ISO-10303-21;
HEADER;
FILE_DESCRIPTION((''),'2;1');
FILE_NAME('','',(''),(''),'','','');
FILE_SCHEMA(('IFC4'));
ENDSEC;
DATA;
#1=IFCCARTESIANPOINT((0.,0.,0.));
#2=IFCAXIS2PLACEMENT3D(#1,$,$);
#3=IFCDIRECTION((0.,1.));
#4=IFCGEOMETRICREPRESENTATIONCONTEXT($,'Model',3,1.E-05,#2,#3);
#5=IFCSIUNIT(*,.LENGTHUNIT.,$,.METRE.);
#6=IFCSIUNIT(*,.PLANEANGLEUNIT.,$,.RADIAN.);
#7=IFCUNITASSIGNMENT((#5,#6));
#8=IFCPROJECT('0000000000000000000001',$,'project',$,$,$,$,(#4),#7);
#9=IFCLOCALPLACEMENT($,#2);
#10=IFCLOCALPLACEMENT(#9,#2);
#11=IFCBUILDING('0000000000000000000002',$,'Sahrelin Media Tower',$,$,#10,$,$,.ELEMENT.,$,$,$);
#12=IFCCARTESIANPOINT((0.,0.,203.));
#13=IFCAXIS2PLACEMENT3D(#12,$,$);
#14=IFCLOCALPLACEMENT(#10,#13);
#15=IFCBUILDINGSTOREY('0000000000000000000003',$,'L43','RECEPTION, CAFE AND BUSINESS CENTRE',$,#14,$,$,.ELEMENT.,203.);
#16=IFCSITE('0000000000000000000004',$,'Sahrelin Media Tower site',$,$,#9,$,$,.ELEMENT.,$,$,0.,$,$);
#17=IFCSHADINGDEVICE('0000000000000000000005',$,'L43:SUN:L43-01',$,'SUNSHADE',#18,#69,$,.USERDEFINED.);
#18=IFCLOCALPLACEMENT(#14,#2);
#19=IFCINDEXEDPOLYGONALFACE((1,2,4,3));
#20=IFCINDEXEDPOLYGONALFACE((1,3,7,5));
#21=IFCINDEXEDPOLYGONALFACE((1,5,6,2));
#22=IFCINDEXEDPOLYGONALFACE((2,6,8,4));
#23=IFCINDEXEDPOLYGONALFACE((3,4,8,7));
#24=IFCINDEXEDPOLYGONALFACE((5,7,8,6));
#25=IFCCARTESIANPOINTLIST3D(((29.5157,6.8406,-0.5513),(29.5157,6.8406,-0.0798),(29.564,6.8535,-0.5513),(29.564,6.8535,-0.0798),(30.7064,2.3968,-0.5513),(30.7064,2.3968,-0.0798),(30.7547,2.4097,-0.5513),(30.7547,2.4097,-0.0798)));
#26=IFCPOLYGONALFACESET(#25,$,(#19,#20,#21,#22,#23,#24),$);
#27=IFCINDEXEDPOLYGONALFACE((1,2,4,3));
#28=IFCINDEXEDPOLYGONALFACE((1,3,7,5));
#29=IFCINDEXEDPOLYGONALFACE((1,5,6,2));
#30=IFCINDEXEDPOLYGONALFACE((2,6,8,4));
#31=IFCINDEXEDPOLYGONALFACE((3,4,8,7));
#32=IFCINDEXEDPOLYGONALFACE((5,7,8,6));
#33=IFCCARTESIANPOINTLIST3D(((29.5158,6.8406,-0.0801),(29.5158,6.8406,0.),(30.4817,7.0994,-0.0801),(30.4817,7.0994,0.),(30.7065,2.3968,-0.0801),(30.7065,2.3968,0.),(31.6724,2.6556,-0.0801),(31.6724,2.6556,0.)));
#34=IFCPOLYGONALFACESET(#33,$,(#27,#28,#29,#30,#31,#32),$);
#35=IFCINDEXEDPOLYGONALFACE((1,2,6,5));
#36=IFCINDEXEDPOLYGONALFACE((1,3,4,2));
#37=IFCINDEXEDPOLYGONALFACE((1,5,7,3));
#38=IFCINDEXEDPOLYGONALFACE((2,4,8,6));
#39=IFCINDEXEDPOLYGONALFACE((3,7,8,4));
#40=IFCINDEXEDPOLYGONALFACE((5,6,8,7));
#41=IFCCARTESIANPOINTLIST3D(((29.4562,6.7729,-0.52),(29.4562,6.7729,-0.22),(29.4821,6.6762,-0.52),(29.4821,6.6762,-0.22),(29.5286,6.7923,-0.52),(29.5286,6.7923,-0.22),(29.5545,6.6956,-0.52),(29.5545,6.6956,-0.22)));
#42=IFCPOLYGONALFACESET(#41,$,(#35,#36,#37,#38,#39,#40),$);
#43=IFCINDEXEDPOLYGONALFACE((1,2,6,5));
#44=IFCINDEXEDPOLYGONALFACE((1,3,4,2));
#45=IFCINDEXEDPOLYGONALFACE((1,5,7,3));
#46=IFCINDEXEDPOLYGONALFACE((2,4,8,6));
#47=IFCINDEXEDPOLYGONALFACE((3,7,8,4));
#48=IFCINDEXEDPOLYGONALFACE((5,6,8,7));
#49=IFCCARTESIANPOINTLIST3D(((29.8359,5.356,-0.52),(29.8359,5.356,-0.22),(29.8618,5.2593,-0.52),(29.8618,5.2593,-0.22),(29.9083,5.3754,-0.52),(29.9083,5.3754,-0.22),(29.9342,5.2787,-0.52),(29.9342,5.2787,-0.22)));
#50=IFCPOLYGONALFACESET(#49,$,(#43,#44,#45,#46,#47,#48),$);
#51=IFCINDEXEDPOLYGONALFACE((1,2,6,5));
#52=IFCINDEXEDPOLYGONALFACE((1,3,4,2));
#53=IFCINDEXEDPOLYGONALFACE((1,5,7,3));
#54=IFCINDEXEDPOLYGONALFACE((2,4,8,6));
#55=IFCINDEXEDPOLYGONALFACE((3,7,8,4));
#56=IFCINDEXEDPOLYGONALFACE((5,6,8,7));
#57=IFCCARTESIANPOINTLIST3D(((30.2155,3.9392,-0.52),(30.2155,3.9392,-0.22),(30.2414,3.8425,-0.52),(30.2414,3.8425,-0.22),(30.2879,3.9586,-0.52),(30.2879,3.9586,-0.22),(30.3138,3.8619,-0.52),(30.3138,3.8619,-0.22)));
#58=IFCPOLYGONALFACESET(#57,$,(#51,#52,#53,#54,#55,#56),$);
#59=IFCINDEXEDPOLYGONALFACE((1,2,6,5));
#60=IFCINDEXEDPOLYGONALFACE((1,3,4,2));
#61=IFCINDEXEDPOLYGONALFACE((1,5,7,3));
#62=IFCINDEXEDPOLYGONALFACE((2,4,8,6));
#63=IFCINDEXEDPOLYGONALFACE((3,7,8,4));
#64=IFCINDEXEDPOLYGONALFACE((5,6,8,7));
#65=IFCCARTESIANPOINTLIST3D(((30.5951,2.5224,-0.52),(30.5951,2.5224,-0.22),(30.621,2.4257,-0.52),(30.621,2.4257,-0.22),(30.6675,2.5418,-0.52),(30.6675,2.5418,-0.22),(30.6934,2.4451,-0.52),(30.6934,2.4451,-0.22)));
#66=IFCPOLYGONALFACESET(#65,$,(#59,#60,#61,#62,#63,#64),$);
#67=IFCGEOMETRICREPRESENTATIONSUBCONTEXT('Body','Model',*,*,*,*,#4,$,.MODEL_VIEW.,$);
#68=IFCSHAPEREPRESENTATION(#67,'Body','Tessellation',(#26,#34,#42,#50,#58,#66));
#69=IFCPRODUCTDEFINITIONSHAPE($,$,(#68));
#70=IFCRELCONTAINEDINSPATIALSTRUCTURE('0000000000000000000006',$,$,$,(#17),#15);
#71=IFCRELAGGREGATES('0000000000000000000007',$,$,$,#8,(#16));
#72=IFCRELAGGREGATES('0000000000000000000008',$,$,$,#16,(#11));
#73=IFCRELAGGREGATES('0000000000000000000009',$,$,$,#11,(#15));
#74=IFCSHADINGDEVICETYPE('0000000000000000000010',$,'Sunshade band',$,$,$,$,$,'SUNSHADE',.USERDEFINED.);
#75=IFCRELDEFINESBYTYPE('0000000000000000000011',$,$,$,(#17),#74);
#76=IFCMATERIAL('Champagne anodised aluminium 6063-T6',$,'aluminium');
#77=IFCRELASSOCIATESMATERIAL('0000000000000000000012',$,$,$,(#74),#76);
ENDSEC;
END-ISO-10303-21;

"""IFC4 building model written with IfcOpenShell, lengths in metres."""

from ifc_helpers import new_model, si_unit, direction, frame, origin, origin_2d, place, context, subcontext, project, spatial, rectangle, extrude, material, type_object, element, save


model = new_model("IFC4")

# Units and contexts
model_context = context("Model", 3, precision=1e-05, world=origin(), true_north=direction((0.0, 1.0)))
body_context = subcontext(model_context, "Body", "Model", "MODEL_VIEW")
ifc_project = project(units=[si_unit("LENGTHUNIT", "METRE"), si_unit("PLANEANGLEUNIT", "RADIAN")], contexts=[model_context])

# Site, building, storey
site_placement = place(None, origin())
site = spatial("IfcSite", under=ifc_project, at=site_placement, Name="Sahrelin Media Tower site", CompositionType="ELEMENT", RefElevation=0.0)
building_placement = place(site_placement, origin())
building = spatial("IfcBuilding", under=site, at=building_placement, Name="Sahrelin Media Tower", CompositionType="ELEMENT")
storey_placement = place(building_placement, frame((0.0, 0.0, 203.0)))
storey = spatial("IfcBuildingStorey", under=building, at=storey_placement, Name="L43", Description="RECEPTION, CAFE AND BUSINESS CENTRE", CompositionType="ELEMENT", Elevation=203.0)

# Shared definitions
ifc_material_1 = material(Name="Champagne anodised aluminium 6063-T6", Category="aluminium")

# Shading device
placement_1 = place(storey_placement, frame((30.0918, 4.6135, 0.0), z_axis=(0.0, 0.0, 1.0), x_axis=(0.258808, -0.965929, 0.0)))
shading_device_type_1 = type_object("IfcShadingDeviceType", Name="Sunshade band", ElementType="SUNSHADE", PredefinedType="USERDEFINED", material=ifc_material_1)
element("IfcShadingDevice", 1, at=placement_1, inside=storey, type_object=shading_device_type_1, Name="L43:SUN:L43-01", ObjectType="SUNSHADE", PredefinedType="USERDEFINED", context=body_context, shape_type="SweptSolid", body=[
    extrude(rectangle(XDim=4.6006, YDim=0.05, at=origin_2d()), frame((0.0, 0.0449, -0.5513)), (0.0, 0.0, 1.0), 0.4714),
    extrude(rectangle(XDim=4.6006, YDim=1.0, at=origin_2d()), frame((0.0, 0.52, -0.0801)), (0.0, 0.0, 1.0), 0.0801),
    extrude(rectangle(XDim=0.1001, YDim=0.075, at=origin_2d()), frame((-2.2002, -0.0176, -0.52)), (0.0, 0.0, 1.0), 0.3),
    extrude(rectangle(XDim=0.1001, YDim=0.075, at=origin_2d()), frame((-0.7334, -0.0176, -0.52)), (0.0, 0.0, 1.0), 0.3),
    extrude(rectangle(XDim=0.1001, YDim=0.075, at=origin_2d()), frame((0.7334, -0.0176, -0.52)), (0.0, 0.0, 1.0), 0.3),
    extrude(rectangle(XDim=0.1001, YDim=0.075, at=origin_2d()), frame((2.2002, -0.0176, -0.52)), (0.0, 0.0, 1.0), 0.3),
])

save(model, "model.ifc")
